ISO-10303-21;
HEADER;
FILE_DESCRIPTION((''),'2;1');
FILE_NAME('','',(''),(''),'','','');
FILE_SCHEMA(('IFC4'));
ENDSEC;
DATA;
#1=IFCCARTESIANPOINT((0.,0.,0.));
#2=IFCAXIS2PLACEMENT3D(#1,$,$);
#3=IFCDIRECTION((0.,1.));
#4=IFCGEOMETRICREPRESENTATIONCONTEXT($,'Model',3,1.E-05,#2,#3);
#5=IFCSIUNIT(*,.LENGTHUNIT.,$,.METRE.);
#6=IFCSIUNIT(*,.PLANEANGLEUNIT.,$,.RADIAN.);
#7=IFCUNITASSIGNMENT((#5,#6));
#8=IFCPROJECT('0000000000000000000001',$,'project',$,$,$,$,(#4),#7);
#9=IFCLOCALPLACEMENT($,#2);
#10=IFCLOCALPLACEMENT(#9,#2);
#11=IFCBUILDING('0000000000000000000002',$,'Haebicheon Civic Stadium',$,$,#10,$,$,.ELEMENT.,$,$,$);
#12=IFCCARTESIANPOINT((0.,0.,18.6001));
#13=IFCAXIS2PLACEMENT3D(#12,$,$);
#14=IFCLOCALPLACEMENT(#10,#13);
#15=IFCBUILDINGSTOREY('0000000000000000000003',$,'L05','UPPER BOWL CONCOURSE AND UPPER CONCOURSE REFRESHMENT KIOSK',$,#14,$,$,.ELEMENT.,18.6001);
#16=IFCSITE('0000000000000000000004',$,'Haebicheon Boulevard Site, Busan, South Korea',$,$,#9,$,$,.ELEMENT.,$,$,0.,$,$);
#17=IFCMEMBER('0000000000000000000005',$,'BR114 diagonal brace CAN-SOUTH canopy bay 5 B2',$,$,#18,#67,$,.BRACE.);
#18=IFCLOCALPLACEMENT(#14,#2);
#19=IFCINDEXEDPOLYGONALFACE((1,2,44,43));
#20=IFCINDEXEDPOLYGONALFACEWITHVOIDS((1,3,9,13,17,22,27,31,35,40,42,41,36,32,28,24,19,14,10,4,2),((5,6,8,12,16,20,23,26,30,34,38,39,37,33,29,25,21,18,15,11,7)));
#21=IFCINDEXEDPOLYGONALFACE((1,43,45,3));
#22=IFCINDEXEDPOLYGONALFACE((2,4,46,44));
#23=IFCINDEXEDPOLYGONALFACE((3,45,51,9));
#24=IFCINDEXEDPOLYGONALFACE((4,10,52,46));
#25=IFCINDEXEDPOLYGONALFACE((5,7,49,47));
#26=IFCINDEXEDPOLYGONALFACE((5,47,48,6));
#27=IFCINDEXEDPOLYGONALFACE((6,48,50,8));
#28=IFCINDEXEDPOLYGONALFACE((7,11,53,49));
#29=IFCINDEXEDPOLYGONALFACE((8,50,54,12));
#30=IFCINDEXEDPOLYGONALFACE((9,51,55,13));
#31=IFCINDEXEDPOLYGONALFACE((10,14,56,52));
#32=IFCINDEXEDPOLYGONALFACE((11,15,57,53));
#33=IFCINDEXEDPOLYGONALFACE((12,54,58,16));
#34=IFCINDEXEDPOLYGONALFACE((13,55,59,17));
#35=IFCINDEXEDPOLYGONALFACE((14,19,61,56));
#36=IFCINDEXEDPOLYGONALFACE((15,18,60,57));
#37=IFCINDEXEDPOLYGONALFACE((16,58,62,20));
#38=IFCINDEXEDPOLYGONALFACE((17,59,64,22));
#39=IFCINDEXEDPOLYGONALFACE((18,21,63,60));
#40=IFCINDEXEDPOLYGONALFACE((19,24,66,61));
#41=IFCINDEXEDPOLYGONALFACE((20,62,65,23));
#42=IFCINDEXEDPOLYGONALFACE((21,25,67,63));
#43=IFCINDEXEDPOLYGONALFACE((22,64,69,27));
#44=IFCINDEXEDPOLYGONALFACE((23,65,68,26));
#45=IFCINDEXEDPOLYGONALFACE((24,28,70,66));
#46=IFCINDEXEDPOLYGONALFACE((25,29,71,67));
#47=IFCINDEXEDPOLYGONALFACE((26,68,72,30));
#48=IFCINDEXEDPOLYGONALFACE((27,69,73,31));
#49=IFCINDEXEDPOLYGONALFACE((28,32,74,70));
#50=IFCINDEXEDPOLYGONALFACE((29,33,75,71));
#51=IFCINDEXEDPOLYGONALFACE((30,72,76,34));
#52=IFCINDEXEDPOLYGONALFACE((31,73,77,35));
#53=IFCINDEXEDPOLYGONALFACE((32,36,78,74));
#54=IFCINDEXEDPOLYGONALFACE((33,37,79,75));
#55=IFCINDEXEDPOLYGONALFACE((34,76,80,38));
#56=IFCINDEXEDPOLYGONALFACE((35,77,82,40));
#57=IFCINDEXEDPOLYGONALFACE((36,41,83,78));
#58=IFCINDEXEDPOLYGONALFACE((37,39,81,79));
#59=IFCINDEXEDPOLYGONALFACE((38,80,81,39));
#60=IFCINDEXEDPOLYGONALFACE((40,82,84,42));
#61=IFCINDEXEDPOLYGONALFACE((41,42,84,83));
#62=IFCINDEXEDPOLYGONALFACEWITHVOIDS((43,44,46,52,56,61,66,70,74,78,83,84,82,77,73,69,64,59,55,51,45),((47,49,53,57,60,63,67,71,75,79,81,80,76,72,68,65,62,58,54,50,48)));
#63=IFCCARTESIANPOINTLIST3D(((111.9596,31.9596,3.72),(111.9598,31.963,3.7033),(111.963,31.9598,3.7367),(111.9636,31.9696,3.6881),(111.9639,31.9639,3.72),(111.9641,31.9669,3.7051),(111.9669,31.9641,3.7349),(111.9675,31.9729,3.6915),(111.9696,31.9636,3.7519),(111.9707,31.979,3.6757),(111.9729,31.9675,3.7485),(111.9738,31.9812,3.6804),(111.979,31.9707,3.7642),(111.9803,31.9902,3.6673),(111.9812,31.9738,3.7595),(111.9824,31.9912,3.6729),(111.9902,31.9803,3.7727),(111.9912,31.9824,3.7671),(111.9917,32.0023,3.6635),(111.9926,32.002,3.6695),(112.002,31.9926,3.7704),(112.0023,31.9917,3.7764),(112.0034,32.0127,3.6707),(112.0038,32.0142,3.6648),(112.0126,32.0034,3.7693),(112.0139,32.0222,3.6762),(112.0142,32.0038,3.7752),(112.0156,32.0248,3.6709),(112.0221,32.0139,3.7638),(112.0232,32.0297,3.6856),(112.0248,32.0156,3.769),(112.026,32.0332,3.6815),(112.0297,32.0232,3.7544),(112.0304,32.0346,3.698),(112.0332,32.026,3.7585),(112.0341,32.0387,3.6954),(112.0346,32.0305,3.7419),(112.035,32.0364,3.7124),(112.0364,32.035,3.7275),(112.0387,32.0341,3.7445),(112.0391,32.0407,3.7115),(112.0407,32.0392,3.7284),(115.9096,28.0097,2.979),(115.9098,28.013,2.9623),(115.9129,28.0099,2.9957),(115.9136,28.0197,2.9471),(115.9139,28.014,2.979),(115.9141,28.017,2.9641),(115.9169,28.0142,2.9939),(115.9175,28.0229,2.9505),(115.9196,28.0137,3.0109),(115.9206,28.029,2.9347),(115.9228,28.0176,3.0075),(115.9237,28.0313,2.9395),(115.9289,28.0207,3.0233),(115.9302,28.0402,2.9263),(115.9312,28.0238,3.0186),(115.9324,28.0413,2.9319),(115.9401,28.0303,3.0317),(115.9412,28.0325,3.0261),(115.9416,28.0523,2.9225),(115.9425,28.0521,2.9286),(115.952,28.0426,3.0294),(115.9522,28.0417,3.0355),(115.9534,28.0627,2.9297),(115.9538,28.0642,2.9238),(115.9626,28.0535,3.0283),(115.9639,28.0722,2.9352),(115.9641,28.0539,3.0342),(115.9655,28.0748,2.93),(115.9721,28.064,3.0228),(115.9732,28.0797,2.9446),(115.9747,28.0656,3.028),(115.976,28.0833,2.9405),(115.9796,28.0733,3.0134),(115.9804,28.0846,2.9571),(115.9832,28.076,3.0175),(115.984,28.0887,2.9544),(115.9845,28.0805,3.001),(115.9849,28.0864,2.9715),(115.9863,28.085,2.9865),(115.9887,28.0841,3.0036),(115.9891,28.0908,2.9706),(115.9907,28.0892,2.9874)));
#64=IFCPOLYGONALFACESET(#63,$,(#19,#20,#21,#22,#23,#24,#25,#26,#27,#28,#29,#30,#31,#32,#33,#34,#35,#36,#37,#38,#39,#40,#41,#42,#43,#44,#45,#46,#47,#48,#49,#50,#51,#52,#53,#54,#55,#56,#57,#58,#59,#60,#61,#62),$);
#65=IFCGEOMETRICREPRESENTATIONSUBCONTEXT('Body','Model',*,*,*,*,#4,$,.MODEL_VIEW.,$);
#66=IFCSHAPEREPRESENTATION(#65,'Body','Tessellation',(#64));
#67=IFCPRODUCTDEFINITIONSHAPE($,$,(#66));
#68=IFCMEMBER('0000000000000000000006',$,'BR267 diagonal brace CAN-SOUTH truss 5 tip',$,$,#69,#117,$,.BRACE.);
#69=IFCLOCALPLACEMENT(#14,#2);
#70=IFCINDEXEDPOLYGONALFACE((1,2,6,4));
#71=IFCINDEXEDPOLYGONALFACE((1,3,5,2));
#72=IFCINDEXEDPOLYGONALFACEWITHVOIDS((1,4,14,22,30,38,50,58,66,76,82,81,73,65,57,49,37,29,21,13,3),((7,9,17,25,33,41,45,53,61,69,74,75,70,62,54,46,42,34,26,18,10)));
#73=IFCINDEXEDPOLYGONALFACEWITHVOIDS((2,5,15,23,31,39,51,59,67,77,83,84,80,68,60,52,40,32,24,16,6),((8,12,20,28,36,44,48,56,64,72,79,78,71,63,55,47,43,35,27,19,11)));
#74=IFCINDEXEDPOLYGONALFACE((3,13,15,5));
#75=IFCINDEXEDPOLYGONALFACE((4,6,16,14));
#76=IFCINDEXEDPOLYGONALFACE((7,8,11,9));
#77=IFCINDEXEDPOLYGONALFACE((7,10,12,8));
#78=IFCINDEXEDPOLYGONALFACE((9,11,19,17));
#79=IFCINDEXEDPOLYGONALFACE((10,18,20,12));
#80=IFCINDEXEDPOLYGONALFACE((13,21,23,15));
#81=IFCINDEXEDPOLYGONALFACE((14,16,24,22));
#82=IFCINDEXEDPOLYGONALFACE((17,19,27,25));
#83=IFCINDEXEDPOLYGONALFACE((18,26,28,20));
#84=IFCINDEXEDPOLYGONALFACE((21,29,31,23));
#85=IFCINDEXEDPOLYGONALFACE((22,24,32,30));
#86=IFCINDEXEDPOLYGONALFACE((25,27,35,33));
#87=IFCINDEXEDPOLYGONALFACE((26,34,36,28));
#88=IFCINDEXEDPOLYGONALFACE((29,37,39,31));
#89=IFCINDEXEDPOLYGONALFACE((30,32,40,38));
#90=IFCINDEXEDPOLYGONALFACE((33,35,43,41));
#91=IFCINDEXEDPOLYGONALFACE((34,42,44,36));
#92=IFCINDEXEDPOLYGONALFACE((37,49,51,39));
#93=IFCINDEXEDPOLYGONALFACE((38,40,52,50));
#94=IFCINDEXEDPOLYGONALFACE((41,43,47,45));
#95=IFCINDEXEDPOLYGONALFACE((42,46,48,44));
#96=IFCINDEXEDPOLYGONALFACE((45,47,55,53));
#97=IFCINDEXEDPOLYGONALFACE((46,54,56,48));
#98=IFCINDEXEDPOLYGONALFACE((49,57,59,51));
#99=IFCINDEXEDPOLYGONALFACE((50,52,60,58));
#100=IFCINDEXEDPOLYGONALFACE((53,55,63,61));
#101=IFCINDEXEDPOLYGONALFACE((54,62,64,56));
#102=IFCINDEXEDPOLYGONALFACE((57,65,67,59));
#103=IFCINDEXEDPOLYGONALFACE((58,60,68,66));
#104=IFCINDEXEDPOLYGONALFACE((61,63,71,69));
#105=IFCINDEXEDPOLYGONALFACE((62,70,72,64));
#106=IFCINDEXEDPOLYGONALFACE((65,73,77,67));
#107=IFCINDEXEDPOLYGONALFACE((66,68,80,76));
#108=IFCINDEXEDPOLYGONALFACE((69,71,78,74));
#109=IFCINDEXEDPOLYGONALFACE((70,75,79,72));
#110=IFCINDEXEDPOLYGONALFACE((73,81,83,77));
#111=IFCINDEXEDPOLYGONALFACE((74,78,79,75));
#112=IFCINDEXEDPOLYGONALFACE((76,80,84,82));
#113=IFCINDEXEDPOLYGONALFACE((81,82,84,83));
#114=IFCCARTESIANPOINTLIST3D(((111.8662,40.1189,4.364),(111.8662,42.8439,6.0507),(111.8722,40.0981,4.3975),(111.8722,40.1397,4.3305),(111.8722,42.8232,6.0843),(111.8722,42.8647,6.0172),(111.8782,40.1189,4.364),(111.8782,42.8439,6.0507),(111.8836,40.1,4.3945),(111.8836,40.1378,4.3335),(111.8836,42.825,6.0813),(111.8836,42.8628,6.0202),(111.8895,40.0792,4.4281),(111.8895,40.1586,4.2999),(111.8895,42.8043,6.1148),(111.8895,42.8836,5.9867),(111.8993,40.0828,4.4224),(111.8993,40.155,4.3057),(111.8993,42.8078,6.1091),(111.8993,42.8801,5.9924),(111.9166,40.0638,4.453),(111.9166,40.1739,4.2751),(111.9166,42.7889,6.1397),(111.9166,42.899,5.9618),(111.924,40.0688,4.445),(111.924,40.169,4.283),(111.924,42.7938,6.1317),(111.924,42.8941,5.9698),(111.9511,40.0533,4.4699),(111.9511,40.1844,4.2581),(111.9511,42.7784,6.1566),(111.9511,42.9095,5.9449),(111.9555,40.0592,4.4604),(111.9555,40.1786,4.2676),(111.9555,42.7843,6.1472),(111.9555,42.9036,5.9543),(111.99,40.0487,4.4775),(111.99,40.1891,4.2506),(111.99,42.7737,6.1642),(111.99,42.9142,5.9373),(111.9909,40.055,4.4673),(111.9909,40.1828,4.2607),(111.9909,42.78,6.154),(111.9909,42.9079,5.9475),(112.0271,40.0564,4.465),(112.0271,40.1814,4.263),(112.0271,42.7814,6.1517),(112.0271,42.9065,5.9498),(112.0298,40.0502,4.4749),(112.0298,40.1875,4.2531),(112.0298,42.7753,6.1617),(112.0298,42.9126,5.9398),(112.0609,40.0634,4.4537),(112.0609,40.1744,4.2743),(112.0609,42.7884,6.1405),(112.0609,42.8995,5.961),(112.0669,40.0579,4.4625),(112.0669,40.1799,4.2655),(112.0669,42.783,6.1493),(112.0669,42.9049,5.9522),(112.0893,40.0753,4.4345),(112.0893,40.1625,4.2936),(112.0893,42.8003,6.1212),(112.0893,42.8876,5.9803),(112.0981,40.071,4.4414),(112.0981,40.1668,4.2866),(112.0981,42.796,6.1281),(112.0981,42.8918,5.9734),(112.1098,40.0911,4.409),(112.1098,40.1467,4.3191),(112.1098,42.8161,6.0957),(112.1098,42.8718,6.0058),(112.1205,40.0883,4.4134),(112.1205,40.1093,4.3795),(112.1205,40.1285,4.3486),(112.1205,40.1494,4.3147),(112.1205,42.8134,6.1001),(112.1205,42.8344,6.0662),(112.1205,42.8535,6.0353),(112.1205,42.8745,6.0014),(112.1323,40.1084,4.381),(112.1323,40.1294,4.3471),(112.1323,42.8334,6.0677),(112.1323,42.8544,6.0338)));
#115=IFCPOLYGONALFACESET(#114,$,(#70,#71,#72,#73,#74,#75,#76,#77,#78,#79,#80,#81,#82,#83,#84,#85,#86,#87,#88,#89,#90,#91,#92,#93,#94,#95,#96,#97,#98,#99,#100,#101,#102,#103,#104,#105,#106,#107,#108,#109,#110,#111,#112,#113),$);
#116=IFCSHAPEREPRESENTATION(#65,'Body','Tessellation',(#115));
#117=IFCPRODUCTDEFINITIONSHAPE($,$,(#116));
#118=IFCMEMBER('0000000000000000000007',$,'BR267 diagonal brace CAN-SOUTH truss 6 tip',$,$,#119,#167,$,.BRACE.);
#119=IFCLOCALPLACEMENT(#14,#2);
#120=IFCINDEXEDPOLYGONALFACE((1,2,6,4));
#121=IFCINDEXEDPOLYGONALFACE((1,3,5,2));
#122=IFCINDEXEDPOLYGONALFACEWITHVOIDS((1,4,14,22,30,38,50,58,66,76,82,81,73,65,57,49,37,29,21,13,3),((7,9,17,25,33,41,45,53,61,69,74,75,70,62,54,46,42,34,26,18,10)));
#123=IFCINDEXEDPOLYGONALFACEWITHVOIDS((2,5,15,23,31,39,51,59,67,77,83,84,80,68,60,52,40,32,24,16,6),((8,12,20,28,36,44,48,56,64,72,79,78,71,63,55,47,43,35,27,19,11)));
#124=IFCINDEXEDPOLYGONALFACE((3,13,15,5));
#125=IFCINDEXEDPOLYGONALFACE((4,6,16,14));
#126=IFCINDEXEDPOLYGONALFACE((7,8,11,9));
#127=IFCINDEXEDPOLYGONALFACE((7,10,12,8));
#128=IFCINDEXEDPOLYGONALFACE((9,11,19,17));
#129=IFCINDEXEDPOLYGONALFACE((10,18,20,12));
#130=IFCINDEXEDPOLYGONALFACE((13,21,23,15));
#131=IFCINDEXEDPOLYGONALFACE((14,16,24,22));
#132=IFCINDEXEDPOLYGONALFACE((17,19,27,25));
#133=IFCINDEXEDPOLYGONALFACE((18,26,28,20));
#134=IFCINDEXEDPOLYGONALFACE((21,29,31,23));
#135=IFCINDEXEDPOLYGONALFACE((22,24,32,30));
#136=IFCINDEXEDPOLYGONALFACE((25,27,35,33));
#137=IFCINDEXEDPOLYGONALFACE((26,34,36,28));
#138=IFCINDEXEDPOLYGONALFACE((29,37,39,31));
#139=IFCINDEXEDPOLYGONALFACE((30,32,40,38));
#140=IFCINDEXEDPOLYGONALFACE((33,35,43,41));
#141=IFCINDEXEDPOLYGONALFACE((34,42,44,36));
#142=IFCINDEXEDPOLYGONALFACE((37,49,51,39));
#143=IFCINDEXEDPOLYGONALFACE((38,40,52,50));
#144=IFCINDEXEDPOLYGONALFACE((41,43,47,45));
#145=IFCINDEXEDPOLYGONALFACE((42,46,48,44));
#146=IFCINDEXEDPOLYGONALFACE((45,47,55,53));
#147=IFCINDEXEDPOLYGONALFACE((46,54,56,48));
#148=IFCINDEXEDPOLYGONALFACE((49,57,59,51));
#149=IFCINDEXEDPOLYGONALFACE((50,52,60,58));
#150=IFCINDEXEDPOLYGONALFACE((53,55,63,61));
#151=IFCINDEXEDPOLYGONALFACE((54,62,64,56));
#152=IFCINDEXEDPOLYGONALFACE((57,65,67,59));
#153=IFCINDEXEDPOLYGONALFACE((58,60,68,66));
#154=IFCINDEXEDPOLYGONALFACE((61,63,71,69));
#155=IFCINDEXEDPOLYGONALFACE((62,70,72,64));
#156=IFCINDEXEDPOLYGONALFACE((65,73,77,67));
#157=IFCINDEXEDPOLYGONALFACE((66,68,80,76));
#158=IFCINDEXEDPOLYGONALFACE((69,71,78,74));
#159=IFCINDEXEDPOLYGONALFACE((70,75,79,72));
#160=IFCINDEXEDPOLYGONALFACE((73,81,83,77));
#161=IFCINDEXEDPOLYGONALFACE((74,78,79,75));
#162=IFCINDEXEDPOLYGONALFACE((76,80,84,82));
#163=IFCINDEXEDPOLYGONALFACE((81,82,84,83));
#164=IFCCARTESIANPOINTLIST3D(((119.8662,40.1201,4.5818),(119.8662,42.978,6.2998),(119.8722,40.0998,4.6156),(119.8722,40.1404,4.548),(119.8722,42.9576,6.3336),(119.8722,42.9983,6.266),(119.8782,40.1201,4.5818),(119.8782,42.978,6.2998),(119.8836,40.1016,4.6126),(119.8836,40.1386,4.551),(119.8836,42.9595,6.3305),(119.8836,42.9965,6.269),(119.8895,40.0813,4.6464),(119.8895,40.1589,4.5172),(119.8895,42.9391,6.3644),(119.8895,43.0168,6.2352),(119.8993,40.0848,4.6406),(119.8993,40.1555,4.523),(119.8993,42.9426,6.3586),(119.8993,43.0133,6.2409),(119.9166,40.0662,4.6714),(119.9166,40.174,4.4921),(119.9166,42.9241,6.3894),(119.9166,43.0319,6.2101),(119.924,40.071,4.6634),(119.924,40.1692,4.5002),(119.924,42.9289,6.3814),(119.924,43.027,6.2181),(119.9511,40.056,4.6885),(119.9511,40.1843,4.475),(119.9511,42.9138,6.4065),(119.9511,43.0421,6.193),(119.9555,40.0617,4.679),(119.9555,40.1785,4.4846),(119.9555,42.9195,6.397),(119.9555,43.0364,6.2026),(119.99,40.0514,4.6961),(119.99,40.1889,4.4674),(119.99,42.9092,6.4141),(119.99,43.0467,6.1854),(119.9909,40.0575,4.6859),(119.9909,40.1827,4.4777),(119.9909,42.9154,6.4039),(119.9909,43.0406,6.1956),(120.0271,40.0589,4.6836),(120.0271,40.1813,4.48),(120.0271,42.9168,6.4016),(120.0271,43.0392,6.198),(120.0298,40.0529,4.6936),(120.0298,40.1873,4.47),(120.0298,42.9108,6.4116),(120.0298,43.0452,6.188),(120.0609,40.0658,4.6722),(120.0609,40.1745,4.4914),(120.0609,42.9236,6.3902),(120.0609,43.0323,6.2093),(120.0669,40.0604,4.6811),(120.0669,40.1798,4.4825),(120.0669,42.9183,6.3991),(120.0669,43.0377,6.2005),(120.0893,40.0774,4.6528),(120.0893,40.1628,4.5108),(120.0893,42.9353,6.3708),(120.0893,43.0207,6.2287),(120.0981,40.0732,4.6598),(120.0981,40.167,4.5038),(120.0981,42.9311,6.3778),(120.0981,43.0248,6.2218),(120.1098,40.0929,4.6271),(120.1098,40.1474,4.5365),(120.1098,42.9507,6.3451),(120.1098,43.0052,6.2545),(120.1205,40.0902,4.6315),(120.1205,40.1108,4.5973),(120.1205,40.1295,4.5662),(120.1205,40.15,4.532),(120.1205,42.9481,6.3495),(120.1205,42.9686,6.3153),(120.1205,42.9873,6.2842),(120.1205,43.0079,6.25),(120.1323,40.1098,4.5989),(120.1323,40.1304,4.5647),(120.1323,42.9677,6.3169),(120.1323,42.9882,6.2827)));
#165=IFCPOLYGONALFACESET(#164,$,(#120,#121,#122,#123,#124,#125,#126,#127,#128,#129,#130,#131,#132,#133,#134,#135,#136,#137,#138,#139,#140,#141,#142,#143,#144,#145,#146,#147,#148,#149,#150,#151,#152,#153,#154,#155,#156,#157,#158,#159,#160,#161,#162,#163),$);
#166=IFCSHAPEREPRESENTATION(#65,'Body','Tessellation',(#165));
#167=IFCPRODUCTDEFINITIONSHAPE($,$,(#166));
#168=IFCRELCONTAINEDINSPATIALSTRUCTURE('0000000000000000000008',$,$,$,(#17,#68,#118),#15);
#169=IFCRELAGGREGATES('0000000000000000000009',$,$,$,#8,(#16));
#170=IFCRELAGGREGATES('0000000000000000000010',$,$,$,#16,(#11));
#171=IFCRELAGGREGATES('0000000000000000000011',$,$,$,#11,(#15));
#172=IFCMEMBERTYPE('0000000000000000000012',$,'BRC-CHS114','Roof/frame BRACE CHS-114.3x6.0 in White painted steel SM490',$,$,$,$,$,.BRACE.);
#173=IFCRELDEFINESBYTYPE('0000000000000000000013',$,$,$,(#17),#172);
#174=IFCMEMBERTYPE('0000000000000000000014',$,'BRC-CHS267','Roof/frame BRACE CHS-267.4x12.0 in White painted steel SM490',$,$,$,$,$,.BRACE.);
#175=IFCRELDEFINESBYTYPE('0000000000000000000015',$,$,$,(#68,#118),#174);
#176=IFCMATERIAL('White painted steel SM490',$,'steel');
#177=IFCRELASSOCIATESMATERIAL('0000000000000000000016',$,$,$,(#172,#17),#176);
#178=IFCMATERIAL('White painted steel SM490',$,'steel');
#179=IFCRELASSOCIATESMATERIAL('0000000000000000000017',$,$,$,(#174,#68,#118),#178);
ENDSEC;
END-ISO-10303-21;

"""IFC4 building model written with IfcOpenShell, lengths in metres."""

from ifc_helpers import new_model, si_unit, direction, frame, origin, origin_2d, place, context, subcontext, project, spatial, hollow_circle, extrude, material, material_profile, profile_set, type_object, element, save


model = new_model("IFC4")

# Units and contexts
model_context = context("Model", 3, precision=1e-05, world=origin(), true_north=direction((0.0, 1.0)))
body_context = subcontext(model_context, "Body", "Model", "MODEL_VIEW")
ifc_project = project(units=[si_unit("LENGTHUNIT", "METRE"), si_unit("PLANEANGLEUNIT", "RADIAN")], contexts=[model_context])

# Site, building, storey
site_placement = place(None, origin())
site = spatial("IfcSite", under=ifc_project, at=site_placement, Name="Haebicheon Boulevard Site, Busan, South Korea", CompositionType="ELEMENT", RefElevation=0.0)
building_placement = place(site_placement, origin())
building = spatial("IfcBuilding", under=site, at=building_placement, Name="Haebicheon Civic Stadium", CompositionType="ELEMENT")
storey_placement = place(building_placement, frame((0.0, 0.0, 18.6001)))
storey = spatial("IfcBuildingStorey", under=building, at=storey_placement, Name="L05", Description="UPPER BOWL CONCOURSE AND UPPER CONCOURSE REFRESHMENT KIOSK", CompositionType="ELEMENT", Elevation=18.6001)

# Members
ifc_material_1 = material(Name="White painted steel SM490", Category="steel")
ifc_material_profile_1 = material_profile(ifc_material_1, hollow_circle(Radius=0.0571, WallThickness=0.0061, at=origin_2d()), Name="CHS-114.3x6.0")
ifc_profile_set_1 = profile_set([ifc_material_profile_1], Name="White painted steel SM490")
member_type_1 = type_object("IfcMemberType", Name="BRC-CHS114", Description="Roof/frame BRACE CHS-114.3x6.0 in White painted steel SM490", PredefinedType="BRACE", material=ifc_profile_set_1)
member_1_placement = place(storey_placement, frame((115.95, 28.05, 2.979), z_axis=(-0.700967, 0.700967, 0.131494), x_axis=(-0.707107, -0.707107, 0.0)))
element("IfcMember", 1, at=member_1_placement, inside=storey, type_object=member_type_1, material=ifc_profile_set_1, Name="BR114 diagonal brace CAN-SOUTH canopy bay 5 B2", PredefinedType="BRACE", context=body_context, shape_type="SweptSolid", body=[
    extrude(hollow_circle(Radius=0.0571, WallThickness=0.0061, at=origin_2d()), origin(), (0.0, 0.0, 1.0), 5.635),
])
ifc_material_2 = material(Name="White painted steel SM490", Category="steel")
ifc_material_profile_2 = material_profile(ifc_material_2, hollow_circle(Radius=0.1338, WallThickness=0.012, at=origin_2d()), Name="CHS-267.4x12.0")
ifc_profile_set_2 = profile_set([ifc_material_profile_2], Name="White painted steel SM490")
member_type_2 = type_object("IfcMemberType", Name="BRC-CHS267", Description="Roof/frame BRACE CHS-267.4x12.0 in White painted steel SM490", PredefinedType="BRACE", material=ifc_profile_set_2)
member_2_placement = place(storey_placement, frame((112.0, 40.1189, 4.364), z_axis=(0.0, 0.850293, 0.52631), x_axis=(-1.0, 0.0, 0.0)))
element("IfcMember", 2, at=member_2_placement, inside=storey, type_object=member_type_2, material=ifc_profile_set_2, Name="BR267 diagonal brace CAN-SOUTH truss 5 tip", PredefinedType="BRACE", context=body_context, shape_type="SweptSolid", body=[
    extrude(hollow_circle(Radius=0.1338, WallThickness=0.012, at=origin_2d()), origin(), (0.0, 0.0, 1.0), 3.2048),
])
member_3_placement = place(storey_placement, frame((120.0, 40.1201, 4.5818), z_axis=(0.0, 0.85706, 0.515217), x_axis=(-1.0, 0.0, 0.0)))
element("IfcMember", 3, at=member_3_placement, inside=storey, type_object=member_type_2, material=ifc_profile_set_2, Name="BR267 diagonal brace CAN-SOUTH truss 6 tip", PredefinedType="BRACE", context=body_context, shape_type="SweptSolid", body=[
    extrude(hollow_circle(Radius=0.1338, WallThickness=0.012, at=origin_2d()), origin(), (0.0, 0.0, 1.0), 3.3345),
])

save(model, "model.ifc")
